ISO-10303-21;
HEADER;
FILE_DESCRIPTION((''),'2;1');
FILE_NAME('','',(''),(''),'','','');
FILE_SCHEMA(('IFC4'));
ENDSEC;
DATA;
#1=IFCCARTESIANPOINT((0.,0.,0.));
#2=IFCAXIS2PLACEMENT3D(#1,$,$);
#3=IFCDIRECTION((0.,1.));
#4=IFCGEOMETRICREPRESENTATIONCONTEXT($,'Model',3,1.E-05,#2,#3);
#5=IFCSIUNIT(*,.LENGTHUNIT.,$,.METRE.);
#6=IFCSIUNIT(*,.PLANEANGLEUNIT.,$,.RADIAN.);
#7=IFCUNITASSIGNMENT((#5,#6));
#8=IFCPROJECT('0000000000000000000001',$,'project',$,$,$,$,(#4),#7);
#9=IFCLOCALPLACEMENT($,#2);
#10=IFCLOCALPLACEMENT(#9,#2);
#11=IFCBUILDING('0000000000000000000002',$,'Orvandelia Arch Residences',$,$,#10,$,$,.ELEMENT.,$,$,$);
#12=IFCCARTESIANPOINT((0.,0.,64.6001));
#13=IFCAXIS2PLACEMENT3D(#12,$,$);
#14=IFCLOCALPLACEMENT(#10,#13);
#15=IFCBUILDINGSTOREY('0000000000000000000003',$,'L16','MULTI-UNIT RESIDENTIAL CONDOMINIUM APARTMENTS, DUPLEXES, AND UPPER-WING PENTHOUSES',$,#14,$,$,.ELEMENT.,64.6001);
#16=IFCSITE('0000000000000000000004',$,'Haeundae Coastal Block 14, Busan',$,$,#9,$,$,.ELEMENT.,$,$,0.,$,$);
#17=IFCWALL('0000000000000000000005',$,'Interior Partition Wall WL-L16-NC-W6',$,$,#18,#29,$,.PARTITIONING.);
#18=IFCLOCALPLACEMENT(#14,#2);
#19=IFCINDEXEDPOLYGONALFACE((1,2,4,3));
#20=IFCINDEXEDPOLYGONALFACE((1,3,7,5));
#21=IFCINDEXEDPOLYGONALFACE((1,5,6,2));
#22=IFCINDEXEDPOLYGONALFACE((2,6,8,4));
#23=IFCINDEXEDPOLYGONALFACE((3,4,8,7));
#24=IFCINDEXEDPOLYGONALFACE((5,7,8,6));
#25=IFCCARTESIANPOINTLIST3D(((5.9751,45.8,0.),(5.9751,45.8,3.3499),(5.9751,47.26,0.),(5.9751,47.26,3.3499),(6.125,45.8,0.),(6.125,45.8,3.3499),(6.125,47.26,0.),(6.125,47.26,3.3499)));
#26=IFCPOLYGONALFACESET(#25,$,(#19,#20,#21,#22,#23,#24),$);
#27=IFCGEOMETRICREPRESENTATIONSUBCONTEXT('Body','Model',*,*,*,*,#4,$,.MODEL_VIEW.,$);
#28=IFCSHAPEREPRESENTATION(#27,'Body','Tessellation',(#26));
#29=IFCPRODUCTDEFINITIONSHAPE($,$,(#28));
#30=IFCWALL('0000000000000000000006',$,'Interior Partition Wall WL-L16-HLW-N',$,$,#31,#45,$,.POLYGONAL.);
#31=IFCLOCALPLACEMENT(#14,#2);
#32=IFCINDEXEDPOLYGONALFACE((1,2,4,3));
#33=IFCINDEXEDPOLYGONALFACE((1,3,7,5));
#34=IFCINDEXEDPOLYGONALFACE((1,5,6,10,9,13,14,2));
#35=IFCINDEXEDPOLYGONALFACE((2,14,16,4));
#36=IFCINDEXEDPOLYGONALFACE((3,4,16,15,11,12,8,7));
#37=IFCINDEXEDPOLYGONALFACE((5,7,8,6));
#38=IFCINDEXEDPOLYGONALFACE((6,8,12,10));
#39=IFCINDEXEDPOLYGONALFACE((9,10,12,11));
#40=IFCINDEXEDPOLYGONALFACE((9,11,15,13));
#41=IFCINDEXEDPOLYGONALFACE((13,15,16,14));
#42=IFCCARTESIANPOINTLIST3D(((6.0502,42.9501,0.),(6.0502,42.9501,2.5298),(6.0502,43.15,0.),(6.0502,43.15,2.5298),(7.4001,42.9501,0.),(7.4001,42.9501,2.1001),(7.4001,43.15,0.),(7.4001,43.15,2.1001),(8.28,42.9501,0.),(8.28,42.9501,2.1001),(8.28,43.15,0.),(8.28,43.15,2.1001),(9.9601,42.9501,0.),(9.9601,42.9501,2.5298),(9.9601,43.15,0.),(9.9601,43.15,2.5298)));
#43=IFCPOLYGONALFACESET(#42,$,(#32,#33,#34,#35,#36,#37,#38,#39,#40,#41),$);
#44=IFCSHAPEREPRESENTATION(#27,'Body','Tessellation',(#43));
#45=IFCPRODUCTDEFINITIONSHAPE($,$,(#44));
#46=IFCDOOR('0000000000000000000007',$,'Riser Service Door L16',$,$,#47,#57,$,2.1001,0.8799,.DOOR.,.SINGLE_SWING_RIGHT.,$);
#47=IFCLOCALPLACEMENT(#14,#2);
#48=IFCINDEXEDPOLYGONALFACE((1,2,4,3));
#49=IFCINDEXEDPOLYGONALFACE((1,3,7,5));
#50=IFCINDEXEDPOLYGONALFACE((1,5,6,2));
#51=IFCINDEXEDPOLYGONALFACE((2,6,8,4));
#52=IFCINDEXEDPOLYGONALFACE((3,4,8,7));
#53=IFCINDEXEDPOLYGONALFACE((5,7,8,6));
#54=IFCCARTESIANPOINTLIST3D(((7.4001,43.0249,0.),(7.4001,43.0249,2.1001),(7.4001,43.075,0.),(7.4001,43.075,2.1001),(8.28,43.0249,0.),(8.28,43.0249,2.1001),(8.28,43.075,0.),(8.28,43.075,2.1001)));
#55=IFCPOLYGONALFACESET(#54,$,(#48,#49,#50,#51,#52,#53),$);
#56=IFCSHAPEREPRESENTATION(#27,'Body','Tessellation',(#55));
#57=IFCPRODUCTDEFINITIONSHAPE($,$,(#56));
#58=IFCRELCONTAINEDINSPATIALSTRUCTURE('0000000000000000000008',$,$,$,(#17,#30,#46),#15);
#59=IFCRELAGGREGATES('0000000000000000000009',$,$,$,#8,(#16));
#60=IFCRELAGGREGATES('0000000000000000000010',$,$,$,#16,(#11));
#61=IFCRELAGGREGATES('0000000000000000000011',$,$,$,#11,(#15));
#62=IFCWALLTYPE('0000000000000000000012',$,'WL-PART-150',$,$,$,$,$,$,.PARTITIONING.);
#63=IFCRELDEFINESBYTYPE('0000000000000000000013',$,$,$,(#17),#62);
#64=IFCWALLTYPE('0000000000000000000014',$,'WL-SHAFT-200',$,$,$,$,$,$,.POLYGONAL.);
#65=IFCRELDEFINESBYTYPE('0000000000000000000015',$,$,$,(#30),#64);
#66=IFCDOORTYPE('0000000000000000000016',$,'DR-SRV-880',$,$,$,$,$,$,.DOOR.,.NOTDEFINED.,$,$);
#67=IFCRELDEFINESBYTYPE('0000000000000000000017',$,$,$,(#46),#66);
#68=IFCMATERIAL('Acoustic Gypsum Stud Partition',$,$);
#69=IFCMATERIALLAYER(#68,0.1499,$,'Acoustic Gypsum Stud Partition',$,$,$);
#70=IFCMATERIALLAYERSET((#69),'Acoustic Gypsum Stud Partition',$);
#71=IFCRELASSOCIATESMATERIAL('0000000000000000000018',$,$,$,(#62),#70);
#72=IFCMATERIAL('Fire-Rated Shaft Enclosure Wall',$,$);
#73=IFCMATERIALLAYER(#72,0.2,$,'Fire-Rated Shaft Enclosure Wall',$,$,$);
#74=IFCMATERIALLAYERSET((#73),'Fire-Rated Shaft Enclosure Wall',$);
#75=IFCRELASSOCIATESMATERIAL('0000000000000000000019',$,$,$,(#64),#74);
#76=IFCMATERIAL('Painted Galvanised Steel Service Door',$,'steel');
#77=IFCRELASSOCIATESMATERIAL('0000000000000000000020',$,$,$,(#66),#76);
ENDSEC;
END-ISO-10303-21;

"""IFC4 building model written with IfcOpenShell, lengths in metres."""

from ifc_helpers import new_model, si_unit, direction, frame, frame_2d, origin, place, context, subcontext, project, spatial, rectangle, extrude, material, layer, layer_set, type_object, element, fill, save


model = new_model("IFC4")

# Units and contexts
model_context = context("Model", 3, precision=1e-05, world=origin(), true_north=direction((0.0, 1.0)))
body_context = subcontext(model_context, "Body", "Model", "MODEL_VIEW")
ifc_project = project(units=[si_unit("LENGTHUNIT", "METRE"), si_unit("PLANEANGLEUNIT", "RADIAN")], contexts=[model_context])

# Site, building, storey
site_placement = place(None, origin())
site = spatial("IfcSite", under=ifc_project, at=site_placement, Name="Haeundae Coastal Block 14, Busan", CompositionType="ELEMENT", RefElevation=0.0)
building_placement = place(site_placement, origin())
building = spatial("IfcBuilding", under=site, at=building_placement, Name="Orvandelia Arch Residences", CompositionType="ELEMENT")
storey_placement = place(building_placement, frame((0.0, 0.0, 64.6001)))
storey = spatial("IfcBuildingStorey", under=building, at=storey_placement, Name="L16", Description="MULTI-UNIT RESIDENTIAL CONDOMINIUM APARTMENTS, DUPLEXES, AND UPPER-WING PENTHOUSES", CompositionType="ELEMENT", Elevation=64.6001)

# Wall
ifc_material_1 = material(Name="Acoustic Gypsum Stud Partition")
ifc_layer_1 = layer(ifc_material_1, 0.1499, Name="Acoustic Gypsum Stud Partition")
ifc_layer_set_1 = layer_set([ifc_layer_1], Name="Acoustic Gypsum Stud Partition")
wall_type_1 = type_object("IfcWallType", Name="WL-PART-150", PredefinedType="PARTITIONING", material=ifc_layer_set_1)
wall_1_placement = place(storey_placement, frame((6.05, 45.8, 0.0), z_axis=(0.0, 0.0, 1.0), x_axis=(0.0, 1.0, 0.0)))
element("IfcWall", 1, at=wall_1_placement, inside=storey, type_object=wall_type_1, Name="Interior Partition Wall WL-L16-NC-W6", PredefinedType="PARTITIONING", context=body_context, shape_type="SweptSolid", body=[
    extrude(rectangle(XDim=1.46, YDim=0.1499, at=frame_2d((0.73, 0.0))), origin(), (0.0, 0.0, 1.0), 3.3499),
])

# Wall, opening, door
ifc_material_2 = material(Name="Fire-Rated Shaft Enclosure Wall")
ifc_layer_2 = layer(ifc_material_2, 0.2, Name="Fire-Rated Shaft Enclosure Wall")
ifc_layer_set_2 = layer_set([ifc_layer_2], Name="Fire-Rated Shaft Enclosure Wall")
wall_type_2 = type_object("IfcWallType", Name="WL-SHAFT-200", PredefinedType="POLYGONAL", material=ifc_layer_set_2)
wall_2_placement = place(storey_placement, frame((6.05, 43.05, 0.0), z_axis=(0.0, 0.0, 1.0), x_axis=(1.0, 0.0, 0.0)))
wall_2 = element("IfcWall", 2, at=wall_2_placement, inside=storey, type_object=wall_type_2, Name="Interior Partition Wall WL-L16-HLW-N", PredefinedType="POLYGONAL", context=body_context, shape_type="SweptSolid", body=[
    extrude(rectangle(XDim=3.9099, YDim=0.2, at=frame_2d((1.9551, 0.0))), origin(), (0.0, 0.0, 1.0), 2.5298),
])
opening_1_placement = place(wall_2_placement, frame((1.3501, 0.0, 0.0)))
opening_1 = element("IfcOpeningElement", 3, at=opening_1_placement, cuts=wall_2, PredefinedType="OPENING", context=body_context, shape_type="SweptSolid", body=[
    extrude(rectangle(XDim=0.8799, YDim=2.1001, at=frame_2d((0.4399, 1.05))), frame((0.0, 0.1099, 0.0), z_axis=(0.0, -1.0, 0.0), x_axis=(1.0, 0.0, 0.0)), (0.0, 0.0, 1.0), 0.22),
])
ifc_material_3 = material(Name="Painted Galvanised Steel Service Door", Category="steel")
door_type = type_object("IfcDoorType", Name="DR-SRV-880", OperationType="NOTDEFINED", PredefinedType="DOOR", material=ifc_material_3)
door_placement = place(opening_1_placement, origin())
door = element("IfcDoor", 4, at=door_placement, inside=storey, type_object=door_type, Name="Riser Service Door L16", OperationType="SINGLE_SWING_RIGHT", OverallHeight=2.1001, OverallWidth=0.8799, PredefinedType="DOOR", context=body_context, shape_type="SweptSolid", body=[
    extrude(rectangle(XDim=0.8799, YDim=2.1001, at=frame_2d((0.4399, 1.05))), frame((0.0, 0.0249, 0.0), z_axis=(0.0, -1.0, 0.0), x_axis=(1.0, 0.0, 0.0)), (0.0, 0.0, 1.0), 0.05),
])
fill(opening_1, door)

save(model, "model.ifc")
